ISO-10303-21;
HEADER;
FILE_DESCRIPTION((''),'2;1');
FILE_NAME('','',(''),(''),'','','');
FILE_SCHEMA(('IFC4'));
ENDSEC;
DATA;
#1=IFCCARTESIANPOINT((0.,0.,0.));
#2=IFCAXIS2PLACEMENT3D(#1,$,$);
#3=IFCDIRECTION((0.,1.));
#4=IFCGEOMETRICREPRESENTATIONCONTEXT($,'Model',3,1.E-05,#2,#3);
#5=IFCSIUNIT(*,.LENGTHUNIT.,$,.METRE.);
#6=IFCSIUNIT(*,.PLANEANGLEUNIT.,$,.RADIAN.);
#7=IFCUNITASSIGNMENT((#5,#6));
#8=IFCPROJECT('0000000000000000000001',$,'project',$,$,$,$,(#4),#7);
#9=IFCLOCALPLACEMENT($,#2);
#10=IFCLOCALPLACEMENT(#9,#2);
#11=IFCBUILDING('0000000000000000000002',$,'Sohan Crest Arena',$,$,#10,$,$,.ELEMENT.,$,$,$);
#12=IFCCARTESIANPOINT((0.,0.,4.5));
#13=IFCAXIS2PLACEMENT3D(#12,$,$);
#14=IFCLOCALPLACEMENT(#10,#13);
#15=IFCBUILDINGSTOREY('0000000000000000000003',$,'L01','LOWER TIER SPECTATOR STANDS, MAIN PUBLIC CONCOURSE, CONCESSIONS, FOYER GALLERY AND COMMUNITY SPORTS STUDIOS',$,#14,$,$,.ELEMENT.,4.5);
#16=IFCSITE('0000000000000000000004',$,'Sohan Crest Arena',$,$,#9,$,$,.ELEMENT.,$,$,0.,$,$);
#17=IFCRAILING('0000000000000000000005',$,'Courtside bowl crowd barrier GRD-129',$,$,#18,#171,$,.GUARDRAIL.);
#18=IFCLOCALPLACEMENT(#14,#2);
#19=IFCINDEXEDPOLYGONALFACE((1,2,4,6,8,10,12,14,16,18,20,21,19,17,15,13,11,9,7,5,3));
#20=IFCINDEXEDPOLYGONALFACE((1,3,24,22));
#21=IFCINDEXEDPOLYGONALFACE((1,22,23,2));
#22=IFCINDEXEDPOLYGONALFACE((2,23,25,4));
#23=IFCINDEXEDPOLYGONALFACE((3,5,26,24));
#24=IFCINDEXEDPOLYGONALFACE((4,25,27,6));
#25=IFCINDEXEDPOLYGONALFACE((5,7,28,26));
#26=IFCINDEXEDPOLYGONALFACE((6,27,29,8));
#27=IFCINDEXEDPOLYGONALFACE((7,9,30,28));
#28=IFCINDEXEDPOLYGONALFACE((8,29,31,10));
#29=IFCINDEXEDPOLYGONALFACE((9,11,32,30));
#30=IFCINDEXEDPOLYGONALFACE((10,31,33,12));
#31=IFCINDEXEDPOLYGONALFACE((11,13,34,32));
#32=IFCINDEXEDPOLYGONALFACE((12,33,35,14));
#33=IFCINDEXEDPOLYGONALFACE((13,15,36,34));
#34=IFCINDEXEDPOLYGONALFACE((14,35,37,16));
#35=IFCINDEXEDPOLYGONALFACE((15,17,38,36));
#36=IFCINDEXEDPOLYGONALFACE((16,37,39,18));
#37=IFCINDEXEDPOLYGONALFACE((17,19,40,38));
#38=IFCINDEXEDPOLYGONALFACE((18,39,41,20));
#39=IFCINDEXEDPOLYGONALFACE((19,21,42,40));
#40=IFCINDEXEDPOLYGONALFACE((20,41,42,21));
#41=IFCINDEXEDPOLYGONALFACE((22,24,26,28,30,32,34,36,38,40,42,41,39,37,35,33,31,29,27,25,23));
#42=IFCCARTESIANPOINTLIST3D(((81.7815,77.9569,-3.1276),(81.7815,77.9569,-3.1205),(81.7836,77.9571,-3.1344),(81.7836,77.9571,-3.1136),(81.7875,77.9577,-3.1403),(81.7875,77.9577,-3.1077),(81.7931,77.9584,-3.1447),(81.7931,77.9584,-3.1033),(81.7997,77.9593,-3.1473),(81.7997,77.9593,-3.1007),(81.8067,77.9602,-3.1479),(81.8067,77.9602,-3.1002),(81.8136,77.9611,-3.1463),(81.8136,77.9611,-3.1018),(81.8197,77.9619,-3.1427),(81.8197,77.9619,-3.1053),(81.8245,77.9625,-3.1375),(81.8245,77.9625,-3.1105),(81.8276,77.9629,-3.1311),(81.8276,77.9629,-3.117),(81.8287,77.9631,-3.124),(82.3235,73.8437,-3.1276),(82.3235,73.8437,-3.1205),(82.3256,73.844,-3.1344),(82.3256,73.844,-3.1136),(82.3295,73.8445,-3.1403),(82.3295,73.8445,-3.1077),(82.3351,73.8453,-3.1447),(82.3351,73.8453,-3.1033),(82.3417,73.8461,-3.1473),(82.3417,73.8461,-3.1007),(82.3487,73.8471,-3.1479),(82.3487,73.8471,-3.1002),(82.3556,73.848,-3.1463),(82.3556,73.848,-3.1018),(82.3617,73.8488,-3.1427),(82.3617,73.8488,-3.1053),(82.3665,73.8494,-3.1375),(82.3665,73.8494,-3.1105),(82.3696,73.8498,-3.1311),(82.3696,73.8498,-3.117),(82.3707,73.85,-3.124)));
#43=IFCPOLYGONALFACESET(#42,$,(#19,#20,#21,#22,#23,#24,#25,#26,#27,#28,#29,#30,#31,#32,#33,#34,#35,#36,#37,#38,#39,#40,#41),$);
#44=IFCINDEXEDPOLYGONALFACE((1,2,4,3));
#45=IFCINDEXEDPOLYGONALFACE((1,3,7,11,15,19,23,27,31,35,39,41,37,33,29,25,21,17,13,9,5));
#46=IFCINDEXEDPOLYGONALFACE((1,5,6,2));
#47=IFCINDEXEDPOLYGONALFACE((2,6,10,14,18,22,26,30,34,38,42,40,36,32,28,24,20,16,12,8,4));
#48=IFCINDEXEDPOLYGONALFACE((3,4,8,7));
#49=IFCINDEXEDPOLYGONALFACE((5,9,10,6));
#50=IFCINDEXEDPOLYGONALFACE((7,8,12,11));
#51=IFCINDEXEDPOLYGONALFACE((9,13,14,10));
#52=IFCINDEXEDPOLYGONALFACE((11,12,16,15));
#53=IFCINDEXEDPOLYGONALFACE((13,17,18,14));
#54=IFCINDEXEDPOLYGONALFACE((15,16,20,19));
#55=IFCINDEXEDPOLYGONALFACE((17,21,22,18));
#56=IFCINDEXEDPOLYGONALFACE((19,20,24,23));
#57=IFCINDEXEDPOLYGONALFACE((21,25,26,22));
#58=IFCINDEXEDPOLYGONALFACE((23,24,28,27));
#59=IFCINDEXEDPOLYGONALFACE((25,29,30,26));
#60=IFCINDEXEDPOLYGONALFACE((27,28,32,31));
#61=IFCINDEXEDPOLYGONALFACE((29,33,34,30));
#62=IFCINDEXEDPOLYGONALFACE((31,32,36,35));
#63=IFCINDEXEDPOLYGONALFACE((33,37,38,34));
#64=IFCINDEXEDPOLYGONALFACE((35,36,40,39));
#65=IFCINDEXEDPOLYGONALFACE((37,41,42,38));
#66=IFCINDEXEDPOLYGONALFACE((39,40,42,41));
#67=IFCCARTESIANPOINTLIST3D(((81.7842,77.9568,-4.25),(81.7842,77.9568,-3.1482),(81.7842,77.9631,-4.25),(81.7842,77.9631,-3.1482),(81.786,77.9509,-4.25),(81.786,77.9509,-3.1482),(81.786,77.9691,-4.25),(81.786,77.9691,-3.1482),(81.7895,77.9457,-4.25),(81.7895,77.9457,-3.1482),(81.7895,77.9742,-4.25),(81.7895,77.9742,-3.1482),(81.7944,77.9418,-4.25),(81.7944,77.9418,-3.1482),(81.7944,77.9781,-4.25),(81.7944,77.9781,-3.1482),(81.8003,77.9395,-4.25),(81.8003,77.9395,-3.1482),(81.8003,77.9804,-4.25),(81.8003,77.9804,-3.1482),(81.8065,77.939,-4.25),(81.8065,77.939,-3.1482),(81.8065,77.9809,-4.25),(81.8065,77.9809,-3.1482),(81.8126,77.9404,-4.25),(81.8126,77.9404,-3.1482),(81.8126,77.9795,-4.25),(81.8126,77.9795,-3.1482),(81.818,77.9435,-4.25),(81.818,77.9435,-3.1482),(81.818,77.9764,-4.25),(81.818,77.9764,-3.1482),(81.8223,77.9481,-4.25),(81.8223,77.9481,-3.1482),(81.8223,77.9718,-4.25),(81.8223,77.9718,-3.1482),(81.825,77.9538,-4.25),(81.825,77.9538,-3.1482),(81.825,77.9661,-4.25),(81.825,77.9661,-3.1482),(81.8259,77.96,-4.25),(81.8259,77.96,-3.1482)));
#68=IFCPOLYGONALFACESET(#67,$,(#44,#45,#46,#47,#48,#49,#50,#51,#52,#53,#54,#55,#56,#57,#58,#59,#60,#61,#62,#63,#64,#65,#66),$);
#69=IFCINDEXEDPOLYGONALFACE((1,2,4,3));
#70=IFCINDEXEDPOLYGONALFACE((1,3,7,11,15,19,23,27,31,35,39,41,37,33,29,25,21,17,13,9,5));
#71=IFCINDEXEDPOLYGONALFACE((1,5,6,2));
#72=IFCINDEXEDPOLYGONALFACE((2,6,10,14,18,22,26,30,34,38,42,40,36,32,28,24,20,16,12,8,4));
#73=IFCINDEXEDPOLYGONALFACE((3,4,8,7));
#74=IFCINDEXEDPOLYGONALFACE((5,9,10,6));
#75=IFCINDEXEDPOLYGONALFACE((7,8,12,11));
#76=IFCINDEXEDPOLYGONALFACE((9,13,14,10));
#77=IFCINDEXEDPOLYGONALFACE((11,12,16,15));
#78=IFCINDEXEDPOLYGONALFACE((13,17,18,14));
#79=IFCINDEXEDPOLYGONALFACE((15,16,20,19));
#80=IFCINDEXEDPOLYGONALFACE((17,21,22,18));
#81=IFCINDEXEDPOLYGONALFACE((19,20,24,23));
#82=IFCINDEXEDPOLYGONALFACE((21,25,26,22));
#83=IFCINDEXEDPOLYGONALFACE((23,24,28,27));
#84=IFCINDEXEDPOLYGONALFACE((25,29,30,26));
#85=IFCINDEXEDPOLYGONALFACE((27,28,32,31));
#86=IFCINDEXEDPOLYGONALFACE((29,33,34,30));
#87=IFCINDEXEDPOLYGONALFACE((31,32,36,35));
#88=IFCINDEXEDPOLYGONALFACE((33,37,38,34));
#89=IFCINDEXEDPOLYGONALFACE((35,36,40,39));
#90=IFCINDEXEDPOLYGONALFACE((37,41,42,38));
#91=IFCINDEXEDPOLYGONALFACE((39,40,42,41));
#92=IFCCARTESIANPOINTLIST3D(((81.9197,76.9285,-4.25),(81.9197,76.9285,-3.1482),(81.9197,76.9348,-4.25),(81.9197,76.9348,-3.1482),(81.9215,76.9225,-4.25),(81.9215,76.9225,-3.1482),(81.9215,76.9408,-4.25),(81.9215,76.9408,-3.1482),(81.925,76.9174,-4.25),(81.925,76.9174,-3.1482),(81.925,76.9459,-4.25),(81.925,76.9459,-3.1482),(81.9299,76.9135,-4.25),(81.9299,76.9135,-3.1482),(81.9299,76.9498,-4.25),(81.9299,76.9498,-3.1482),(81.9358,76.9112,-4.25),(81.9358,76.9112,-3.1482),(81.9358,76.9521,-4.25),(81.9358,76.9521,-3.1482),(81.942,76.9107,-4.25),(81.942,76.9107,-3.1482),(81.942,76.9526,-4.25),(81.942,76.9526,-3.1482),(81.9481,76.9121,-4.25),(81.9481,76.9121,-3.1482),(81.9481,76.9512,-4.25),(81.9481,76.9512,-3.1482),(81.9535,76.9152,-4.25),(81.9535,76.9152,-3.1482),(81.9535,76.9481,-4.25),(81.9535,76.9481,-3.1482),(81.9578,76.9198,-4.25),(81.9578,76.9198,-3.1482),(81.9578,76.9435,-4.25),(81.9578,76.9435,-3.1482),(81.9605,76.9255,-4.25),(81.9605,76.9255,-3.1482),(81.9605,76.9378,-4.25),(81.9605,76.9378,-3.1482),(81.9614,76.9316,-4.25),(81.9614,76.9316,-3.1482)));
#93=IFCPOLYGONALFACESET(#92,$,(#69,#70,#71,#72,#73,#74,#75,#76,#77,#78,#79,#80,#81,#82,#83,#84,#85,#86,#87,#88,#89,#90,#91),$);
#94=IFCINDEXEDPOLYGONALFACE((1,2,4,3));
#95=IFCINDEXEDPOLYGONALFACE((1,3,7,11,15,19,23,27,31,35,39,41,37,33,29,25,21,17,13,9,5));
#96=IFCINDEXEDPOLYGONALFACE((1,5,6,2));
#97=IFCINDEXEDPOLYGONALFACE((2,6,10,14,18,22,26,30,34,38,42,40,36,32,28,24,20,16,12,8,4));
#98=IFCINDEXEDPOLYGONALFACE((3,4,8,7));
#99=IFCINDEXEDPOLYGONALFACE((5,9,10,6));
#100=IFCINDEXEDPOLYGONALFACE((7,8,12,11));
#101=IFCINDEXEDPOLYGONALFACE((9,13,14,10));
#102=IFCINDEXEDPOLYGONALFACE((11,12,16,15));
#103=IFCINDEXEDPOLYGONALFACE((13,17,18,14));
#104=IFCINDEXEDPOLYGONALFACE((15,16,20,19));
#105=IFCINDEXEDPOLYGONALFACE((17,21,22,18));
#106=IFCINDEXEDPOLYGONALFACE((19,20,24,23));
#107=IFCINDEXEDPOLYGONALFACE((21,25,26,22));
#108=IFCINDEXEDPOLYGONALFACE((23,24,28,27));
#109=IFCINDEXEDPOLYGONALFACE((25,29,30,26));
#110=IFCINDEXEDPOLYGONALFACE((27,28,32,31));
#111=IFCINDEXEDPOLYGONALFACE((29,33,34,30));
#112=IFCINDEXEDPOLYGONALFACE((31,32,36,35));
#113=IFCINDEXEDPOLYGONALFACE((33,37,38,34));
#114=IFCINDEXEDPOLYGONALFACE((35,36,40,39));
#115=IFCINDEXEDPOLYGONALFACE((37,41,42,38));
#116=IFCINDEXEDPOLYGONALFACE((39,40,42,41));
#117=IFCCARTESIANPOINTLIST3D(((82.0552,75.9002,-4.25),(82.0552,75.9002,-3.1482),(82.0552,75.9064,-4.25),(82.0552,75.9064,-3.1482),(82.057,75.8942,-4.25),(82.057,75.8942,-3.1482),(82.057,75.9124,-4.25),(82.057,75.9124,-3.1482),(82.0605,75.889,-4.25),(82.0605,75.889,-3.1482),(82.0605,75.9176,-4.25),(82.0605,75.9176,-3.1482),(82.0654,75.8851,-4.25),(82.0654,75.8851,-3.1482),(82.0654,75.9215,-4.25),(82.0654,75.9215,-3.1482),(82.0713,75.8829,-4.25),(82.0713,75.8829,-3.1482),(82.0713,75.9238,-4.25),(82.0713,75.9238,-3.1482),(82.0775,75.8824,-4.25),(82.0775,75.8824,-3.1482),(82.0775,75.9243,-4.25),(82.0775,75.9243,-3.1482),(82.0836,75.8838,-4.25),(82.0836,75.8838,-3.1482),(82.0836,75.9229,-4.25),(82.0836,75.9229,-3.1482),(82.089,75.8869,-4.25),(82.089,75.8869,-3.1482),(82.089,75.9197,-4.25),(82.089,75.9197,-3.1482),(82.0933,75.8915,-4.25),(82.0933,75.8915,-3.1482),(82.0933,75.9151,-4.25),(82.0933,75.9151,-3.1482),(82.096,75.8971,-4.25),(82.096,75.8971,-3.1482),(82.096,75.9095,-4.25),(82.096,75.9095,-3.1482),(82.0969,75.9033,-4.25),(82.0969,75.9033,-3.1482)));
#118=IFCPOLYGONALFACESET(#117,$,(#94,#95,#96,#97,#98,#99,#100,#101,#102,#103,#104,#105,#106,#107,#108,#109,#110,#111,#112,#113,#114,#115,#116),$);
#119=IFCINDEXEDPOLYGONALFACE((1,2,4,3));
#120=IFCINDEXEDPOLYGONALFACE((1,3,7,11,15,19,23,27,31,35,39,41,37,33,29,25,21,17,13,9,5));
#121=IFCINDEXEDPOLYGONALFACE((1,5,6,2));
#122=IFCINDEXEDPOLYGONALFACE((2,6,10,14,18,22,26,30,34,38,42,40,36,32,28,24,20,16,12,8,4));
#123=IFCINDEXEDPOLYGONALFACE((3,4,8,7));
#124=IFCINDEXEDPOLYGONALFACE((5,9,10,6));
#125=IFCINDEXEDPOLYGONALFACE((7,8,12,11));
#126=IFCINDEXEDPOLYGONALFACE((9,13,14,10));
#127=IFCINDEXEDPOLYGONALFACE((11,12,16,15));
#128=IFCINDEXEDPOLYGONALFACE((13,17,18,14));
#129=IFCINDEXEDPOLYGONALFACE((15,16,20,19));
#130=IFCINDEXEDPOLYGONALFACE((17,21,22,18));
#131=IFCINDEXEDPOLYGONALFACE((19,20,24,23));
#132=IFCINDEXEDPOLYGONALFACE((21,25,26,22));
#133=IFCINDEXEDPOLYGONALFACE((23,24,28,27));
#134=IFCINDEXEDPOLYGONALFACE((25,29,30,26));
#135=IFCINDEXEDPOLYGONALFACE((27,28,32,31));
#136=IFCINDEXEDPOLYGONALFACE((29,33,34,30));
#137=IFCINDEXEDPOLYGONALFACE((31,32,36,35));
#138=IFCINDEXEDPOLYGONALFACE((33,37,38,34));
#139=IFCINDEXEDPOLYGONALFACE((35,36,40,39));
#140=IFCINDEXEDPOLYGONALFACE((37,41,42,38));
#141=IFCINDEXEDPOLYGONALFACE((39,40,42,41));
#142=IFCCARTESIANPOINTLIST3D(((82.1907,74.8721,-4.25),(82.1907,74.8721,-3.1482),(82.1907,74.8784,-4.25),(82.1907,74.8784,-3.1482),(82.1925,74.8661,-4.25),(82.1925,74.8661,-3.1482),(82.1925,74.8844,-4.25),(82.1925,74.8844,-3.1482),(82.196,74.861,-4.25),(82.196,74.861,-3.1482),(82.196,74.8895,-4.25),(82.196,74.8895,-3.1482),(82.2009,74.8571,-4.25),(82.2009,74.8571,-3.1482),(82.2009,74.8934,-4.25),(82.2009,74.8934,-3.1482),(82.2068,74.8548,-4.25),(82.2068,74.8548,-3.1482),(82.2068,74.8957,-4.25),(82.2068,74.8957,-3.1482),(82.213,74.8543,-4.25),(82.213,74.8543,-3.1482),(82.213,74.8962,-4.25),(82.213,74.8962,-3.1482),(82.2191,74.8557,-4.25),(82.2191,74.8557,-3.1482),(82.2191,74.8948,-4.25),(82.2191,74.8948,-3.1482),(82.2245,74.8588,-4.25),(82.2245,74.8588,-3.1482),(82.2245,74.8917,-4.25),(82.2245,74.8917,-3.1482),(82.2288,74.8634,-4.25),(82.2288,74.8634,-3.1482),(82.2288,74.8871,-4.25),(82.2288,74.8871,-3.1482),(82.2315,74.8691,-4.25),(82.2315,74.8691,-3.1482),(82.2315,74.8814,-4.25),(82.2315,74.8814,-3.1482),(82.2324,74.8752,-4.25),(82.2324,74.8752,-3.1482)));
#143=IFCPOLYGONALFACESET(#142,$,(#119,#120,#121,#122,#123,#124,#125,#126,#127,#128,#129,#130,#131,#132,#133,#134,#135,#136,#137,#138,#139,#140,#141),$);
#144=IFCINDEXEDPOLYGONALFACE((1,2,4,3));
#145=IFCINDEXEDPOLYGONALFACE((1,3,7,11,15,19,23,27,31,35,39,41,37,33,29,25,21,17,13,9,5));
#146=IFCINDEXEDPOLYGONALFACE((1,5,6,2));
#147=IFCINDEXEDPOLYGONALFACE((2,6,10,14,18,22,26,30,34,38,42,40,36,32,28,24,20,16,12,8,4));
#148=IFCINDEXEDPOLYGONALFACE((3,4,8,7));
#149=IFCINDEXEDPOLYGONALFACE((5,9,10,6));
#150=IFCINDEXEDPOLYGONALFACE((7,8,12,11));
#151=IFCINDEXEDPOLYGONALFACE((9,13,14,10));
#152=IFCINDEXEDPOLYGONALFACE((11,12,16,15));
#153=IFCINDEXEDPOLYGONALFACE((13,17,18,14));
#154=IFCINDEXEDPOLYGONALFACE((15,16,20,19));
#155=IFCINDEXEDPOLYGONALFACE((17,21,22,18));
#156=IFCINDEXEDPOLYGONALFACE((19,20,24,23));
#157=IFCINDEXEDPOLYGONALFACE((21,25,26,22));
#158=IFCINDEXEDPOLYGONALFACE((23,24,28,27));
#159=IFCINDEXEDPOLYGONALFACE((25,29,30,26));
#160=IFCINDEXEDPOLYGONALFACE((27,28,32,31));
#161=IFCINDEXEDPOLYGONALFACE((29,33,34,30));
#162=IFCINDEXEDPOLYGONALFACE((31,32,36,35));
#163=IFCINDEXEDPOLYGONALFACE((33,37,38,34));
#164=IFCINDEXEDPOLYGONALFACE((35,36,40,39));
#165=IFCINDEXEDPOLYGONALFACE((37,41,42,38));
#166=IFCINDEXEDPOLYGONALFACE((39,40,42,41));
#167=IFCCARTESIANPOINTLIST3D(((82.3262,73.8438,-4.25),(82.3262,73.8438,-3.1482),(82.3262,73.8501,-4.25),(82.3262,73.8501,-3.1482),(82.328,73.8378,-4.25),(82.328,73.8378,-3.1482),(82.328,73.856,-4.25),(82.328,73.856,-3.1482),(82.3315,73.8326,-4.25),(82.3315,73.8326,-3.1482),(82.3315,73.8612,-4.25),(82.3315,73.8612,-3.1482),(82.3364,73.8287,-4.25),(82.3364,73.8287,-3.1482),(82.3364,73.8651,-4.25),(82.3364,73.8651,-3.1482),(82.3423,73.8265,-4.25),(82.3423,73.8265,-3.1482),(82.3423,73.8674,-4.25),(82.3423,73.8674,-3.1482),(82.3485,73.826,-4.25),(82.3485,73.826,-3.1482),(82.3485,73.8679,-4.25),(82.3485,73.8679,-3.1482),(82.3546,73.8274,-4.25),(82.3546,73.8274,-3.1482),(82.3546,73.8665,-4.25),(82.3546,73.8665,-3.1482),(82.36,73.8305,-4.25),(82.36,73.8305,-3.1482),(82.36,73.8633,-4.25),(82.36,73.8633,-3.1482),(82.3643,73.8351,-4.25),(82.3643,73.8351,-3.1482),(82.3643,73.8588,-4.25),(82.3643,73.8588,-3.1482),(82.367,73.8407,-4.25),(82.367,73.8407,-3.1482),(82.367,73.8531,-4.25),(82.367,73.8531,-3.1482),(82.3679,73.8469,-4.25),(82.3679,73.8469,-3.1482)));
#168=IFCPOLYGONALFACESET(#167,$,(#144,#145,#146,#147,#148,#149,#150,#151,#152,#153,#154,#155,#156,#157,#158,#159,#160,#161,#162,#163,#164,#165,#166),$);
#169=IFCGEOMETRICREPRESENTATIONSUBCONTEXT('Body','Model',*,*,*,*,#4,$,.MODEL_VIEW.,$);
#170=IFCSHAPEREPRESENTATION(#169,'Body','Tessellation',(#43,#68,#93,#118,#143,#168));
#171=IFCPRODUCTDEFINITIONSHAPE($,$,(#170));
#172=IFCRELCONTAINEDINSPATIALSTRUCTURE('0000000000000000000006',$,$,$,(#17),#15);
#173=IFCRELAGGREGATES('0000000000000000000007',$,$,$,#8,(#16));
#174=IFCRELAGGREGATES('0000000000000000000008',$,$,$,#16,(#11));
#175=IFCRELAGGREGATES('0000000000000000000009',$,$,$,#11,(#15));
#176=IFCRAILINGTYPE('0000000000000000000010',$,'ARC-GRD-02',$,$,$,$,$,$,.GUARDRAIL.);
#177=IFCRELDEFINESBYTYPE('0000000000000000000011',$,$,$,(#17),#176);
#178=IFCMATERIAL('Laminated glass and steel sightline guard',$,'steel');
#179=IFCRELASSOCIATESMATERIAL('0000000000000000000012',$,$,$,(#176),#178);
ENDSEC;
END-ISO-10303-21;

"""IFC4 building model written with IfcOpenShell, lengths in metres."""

from ifc_helpers import new_model, si_unit, direction, frame, origin, origin_2d, place, context, subcontext, project, spatial, circle, extrude, material, type_object, element, save


model = new_model("IFC4")

# Units and contexts
model_context = context("Model", 3, precision=1e-05, world=origin(), true_north=direction((0.0, 1.0)))
body_context = subcontext(model_context, "Body", "Model", "MODEL_VIEW")
ifc_project = project(units=[si_unit("LENGTHUNIT", "METRE"), si_unit("PLANEANGLEUNIT", "RADIAN")], contexts=[model_context])

# Site, building, storey
site_placement = place(None, origin())
site = spatial("IfcSite", under=ifc_project, at=site_placement, Name="Sohan Crest Arena", CompositionType="ELEMENT", RefElevation=0.0)
building_placement = place(site_placement, origin())
building = spatial("IfcBuilding", under=site, at=building_placement, Name="Sohan Crest Arena", CompositionType="ELEMENT")
storey_placement = place(building_placement, frame((0.0, 0.0, 4.5)))
storey = spatial("IfcBuildingStorey", under=building, at=storey_placement, Name="L01", Description="LOWER TIER SPECTATOR STANDS, MAIN PUBLIC CONCOURSE, CONCESSIONS, FOYER GALLERY AND COMMUNITY SPORTS STUDIOS", CompositionType="ELEMENT", Elevation=4.5)

# Railing
ifc_material_1 = material(Name="Laminated glass and steel sightline guard", Category="steel")
railing_type = type_object("IfcRailingType", Name="ARC-GRD-02", PredefinedType="GUARDRAIL", material=ifc_material_1)
railing_1_placement = place(storey_placement, frame((81.8049, 77.96, -4.25)))
element("IfcRailing", 1, at=railing_1_placement, inside=storey, type_object=railing_type, Name="Courtside bowl crowd barrier GRD-129", PredefinedType="GUARDRAIL", context=body_context, shape_type="SweptSolid", body=[
    extrude(circle(Radius=0.0239, at=origin_2d()), frame((0.0, 0.0, 1.126), z_axis=(0.130645, -0.991429, 0.0), x_axis=(0.991429, 0.130645, 0.0)), (0.0, 0.0, 1.0), 4.1487),
    extrude(circle(Radius=0.021, at=origin_2d()), origin(), (0.0, 0.0, 1.0), 1.1018),
    extrude(circle(Radius=0.021, at=origin_2d()), frame((0.1355, -1.0283, 0.0)), (0.0, 0.0, 1.0), 1.1018),
    extrude(circle(Radius=0.021, at=origin_2d()), frame((0.271, -2.0566, 0.0)), (0.0, 0.0, 1.0), 1.1018),
    extrude(circle(Radius=0.021, at=origin_2d()), frame((0.4065, -3.0847, 0.0)), (0.0, 0.0, 1.0), 1.1018),
    extrude(circle(Radius=0.021, at=origin_2d()), frame((0.542, -4.113, 0.0)), (0.0, 0.0, 1.0), 1.1018),
])

save(model, "model.ifc")
